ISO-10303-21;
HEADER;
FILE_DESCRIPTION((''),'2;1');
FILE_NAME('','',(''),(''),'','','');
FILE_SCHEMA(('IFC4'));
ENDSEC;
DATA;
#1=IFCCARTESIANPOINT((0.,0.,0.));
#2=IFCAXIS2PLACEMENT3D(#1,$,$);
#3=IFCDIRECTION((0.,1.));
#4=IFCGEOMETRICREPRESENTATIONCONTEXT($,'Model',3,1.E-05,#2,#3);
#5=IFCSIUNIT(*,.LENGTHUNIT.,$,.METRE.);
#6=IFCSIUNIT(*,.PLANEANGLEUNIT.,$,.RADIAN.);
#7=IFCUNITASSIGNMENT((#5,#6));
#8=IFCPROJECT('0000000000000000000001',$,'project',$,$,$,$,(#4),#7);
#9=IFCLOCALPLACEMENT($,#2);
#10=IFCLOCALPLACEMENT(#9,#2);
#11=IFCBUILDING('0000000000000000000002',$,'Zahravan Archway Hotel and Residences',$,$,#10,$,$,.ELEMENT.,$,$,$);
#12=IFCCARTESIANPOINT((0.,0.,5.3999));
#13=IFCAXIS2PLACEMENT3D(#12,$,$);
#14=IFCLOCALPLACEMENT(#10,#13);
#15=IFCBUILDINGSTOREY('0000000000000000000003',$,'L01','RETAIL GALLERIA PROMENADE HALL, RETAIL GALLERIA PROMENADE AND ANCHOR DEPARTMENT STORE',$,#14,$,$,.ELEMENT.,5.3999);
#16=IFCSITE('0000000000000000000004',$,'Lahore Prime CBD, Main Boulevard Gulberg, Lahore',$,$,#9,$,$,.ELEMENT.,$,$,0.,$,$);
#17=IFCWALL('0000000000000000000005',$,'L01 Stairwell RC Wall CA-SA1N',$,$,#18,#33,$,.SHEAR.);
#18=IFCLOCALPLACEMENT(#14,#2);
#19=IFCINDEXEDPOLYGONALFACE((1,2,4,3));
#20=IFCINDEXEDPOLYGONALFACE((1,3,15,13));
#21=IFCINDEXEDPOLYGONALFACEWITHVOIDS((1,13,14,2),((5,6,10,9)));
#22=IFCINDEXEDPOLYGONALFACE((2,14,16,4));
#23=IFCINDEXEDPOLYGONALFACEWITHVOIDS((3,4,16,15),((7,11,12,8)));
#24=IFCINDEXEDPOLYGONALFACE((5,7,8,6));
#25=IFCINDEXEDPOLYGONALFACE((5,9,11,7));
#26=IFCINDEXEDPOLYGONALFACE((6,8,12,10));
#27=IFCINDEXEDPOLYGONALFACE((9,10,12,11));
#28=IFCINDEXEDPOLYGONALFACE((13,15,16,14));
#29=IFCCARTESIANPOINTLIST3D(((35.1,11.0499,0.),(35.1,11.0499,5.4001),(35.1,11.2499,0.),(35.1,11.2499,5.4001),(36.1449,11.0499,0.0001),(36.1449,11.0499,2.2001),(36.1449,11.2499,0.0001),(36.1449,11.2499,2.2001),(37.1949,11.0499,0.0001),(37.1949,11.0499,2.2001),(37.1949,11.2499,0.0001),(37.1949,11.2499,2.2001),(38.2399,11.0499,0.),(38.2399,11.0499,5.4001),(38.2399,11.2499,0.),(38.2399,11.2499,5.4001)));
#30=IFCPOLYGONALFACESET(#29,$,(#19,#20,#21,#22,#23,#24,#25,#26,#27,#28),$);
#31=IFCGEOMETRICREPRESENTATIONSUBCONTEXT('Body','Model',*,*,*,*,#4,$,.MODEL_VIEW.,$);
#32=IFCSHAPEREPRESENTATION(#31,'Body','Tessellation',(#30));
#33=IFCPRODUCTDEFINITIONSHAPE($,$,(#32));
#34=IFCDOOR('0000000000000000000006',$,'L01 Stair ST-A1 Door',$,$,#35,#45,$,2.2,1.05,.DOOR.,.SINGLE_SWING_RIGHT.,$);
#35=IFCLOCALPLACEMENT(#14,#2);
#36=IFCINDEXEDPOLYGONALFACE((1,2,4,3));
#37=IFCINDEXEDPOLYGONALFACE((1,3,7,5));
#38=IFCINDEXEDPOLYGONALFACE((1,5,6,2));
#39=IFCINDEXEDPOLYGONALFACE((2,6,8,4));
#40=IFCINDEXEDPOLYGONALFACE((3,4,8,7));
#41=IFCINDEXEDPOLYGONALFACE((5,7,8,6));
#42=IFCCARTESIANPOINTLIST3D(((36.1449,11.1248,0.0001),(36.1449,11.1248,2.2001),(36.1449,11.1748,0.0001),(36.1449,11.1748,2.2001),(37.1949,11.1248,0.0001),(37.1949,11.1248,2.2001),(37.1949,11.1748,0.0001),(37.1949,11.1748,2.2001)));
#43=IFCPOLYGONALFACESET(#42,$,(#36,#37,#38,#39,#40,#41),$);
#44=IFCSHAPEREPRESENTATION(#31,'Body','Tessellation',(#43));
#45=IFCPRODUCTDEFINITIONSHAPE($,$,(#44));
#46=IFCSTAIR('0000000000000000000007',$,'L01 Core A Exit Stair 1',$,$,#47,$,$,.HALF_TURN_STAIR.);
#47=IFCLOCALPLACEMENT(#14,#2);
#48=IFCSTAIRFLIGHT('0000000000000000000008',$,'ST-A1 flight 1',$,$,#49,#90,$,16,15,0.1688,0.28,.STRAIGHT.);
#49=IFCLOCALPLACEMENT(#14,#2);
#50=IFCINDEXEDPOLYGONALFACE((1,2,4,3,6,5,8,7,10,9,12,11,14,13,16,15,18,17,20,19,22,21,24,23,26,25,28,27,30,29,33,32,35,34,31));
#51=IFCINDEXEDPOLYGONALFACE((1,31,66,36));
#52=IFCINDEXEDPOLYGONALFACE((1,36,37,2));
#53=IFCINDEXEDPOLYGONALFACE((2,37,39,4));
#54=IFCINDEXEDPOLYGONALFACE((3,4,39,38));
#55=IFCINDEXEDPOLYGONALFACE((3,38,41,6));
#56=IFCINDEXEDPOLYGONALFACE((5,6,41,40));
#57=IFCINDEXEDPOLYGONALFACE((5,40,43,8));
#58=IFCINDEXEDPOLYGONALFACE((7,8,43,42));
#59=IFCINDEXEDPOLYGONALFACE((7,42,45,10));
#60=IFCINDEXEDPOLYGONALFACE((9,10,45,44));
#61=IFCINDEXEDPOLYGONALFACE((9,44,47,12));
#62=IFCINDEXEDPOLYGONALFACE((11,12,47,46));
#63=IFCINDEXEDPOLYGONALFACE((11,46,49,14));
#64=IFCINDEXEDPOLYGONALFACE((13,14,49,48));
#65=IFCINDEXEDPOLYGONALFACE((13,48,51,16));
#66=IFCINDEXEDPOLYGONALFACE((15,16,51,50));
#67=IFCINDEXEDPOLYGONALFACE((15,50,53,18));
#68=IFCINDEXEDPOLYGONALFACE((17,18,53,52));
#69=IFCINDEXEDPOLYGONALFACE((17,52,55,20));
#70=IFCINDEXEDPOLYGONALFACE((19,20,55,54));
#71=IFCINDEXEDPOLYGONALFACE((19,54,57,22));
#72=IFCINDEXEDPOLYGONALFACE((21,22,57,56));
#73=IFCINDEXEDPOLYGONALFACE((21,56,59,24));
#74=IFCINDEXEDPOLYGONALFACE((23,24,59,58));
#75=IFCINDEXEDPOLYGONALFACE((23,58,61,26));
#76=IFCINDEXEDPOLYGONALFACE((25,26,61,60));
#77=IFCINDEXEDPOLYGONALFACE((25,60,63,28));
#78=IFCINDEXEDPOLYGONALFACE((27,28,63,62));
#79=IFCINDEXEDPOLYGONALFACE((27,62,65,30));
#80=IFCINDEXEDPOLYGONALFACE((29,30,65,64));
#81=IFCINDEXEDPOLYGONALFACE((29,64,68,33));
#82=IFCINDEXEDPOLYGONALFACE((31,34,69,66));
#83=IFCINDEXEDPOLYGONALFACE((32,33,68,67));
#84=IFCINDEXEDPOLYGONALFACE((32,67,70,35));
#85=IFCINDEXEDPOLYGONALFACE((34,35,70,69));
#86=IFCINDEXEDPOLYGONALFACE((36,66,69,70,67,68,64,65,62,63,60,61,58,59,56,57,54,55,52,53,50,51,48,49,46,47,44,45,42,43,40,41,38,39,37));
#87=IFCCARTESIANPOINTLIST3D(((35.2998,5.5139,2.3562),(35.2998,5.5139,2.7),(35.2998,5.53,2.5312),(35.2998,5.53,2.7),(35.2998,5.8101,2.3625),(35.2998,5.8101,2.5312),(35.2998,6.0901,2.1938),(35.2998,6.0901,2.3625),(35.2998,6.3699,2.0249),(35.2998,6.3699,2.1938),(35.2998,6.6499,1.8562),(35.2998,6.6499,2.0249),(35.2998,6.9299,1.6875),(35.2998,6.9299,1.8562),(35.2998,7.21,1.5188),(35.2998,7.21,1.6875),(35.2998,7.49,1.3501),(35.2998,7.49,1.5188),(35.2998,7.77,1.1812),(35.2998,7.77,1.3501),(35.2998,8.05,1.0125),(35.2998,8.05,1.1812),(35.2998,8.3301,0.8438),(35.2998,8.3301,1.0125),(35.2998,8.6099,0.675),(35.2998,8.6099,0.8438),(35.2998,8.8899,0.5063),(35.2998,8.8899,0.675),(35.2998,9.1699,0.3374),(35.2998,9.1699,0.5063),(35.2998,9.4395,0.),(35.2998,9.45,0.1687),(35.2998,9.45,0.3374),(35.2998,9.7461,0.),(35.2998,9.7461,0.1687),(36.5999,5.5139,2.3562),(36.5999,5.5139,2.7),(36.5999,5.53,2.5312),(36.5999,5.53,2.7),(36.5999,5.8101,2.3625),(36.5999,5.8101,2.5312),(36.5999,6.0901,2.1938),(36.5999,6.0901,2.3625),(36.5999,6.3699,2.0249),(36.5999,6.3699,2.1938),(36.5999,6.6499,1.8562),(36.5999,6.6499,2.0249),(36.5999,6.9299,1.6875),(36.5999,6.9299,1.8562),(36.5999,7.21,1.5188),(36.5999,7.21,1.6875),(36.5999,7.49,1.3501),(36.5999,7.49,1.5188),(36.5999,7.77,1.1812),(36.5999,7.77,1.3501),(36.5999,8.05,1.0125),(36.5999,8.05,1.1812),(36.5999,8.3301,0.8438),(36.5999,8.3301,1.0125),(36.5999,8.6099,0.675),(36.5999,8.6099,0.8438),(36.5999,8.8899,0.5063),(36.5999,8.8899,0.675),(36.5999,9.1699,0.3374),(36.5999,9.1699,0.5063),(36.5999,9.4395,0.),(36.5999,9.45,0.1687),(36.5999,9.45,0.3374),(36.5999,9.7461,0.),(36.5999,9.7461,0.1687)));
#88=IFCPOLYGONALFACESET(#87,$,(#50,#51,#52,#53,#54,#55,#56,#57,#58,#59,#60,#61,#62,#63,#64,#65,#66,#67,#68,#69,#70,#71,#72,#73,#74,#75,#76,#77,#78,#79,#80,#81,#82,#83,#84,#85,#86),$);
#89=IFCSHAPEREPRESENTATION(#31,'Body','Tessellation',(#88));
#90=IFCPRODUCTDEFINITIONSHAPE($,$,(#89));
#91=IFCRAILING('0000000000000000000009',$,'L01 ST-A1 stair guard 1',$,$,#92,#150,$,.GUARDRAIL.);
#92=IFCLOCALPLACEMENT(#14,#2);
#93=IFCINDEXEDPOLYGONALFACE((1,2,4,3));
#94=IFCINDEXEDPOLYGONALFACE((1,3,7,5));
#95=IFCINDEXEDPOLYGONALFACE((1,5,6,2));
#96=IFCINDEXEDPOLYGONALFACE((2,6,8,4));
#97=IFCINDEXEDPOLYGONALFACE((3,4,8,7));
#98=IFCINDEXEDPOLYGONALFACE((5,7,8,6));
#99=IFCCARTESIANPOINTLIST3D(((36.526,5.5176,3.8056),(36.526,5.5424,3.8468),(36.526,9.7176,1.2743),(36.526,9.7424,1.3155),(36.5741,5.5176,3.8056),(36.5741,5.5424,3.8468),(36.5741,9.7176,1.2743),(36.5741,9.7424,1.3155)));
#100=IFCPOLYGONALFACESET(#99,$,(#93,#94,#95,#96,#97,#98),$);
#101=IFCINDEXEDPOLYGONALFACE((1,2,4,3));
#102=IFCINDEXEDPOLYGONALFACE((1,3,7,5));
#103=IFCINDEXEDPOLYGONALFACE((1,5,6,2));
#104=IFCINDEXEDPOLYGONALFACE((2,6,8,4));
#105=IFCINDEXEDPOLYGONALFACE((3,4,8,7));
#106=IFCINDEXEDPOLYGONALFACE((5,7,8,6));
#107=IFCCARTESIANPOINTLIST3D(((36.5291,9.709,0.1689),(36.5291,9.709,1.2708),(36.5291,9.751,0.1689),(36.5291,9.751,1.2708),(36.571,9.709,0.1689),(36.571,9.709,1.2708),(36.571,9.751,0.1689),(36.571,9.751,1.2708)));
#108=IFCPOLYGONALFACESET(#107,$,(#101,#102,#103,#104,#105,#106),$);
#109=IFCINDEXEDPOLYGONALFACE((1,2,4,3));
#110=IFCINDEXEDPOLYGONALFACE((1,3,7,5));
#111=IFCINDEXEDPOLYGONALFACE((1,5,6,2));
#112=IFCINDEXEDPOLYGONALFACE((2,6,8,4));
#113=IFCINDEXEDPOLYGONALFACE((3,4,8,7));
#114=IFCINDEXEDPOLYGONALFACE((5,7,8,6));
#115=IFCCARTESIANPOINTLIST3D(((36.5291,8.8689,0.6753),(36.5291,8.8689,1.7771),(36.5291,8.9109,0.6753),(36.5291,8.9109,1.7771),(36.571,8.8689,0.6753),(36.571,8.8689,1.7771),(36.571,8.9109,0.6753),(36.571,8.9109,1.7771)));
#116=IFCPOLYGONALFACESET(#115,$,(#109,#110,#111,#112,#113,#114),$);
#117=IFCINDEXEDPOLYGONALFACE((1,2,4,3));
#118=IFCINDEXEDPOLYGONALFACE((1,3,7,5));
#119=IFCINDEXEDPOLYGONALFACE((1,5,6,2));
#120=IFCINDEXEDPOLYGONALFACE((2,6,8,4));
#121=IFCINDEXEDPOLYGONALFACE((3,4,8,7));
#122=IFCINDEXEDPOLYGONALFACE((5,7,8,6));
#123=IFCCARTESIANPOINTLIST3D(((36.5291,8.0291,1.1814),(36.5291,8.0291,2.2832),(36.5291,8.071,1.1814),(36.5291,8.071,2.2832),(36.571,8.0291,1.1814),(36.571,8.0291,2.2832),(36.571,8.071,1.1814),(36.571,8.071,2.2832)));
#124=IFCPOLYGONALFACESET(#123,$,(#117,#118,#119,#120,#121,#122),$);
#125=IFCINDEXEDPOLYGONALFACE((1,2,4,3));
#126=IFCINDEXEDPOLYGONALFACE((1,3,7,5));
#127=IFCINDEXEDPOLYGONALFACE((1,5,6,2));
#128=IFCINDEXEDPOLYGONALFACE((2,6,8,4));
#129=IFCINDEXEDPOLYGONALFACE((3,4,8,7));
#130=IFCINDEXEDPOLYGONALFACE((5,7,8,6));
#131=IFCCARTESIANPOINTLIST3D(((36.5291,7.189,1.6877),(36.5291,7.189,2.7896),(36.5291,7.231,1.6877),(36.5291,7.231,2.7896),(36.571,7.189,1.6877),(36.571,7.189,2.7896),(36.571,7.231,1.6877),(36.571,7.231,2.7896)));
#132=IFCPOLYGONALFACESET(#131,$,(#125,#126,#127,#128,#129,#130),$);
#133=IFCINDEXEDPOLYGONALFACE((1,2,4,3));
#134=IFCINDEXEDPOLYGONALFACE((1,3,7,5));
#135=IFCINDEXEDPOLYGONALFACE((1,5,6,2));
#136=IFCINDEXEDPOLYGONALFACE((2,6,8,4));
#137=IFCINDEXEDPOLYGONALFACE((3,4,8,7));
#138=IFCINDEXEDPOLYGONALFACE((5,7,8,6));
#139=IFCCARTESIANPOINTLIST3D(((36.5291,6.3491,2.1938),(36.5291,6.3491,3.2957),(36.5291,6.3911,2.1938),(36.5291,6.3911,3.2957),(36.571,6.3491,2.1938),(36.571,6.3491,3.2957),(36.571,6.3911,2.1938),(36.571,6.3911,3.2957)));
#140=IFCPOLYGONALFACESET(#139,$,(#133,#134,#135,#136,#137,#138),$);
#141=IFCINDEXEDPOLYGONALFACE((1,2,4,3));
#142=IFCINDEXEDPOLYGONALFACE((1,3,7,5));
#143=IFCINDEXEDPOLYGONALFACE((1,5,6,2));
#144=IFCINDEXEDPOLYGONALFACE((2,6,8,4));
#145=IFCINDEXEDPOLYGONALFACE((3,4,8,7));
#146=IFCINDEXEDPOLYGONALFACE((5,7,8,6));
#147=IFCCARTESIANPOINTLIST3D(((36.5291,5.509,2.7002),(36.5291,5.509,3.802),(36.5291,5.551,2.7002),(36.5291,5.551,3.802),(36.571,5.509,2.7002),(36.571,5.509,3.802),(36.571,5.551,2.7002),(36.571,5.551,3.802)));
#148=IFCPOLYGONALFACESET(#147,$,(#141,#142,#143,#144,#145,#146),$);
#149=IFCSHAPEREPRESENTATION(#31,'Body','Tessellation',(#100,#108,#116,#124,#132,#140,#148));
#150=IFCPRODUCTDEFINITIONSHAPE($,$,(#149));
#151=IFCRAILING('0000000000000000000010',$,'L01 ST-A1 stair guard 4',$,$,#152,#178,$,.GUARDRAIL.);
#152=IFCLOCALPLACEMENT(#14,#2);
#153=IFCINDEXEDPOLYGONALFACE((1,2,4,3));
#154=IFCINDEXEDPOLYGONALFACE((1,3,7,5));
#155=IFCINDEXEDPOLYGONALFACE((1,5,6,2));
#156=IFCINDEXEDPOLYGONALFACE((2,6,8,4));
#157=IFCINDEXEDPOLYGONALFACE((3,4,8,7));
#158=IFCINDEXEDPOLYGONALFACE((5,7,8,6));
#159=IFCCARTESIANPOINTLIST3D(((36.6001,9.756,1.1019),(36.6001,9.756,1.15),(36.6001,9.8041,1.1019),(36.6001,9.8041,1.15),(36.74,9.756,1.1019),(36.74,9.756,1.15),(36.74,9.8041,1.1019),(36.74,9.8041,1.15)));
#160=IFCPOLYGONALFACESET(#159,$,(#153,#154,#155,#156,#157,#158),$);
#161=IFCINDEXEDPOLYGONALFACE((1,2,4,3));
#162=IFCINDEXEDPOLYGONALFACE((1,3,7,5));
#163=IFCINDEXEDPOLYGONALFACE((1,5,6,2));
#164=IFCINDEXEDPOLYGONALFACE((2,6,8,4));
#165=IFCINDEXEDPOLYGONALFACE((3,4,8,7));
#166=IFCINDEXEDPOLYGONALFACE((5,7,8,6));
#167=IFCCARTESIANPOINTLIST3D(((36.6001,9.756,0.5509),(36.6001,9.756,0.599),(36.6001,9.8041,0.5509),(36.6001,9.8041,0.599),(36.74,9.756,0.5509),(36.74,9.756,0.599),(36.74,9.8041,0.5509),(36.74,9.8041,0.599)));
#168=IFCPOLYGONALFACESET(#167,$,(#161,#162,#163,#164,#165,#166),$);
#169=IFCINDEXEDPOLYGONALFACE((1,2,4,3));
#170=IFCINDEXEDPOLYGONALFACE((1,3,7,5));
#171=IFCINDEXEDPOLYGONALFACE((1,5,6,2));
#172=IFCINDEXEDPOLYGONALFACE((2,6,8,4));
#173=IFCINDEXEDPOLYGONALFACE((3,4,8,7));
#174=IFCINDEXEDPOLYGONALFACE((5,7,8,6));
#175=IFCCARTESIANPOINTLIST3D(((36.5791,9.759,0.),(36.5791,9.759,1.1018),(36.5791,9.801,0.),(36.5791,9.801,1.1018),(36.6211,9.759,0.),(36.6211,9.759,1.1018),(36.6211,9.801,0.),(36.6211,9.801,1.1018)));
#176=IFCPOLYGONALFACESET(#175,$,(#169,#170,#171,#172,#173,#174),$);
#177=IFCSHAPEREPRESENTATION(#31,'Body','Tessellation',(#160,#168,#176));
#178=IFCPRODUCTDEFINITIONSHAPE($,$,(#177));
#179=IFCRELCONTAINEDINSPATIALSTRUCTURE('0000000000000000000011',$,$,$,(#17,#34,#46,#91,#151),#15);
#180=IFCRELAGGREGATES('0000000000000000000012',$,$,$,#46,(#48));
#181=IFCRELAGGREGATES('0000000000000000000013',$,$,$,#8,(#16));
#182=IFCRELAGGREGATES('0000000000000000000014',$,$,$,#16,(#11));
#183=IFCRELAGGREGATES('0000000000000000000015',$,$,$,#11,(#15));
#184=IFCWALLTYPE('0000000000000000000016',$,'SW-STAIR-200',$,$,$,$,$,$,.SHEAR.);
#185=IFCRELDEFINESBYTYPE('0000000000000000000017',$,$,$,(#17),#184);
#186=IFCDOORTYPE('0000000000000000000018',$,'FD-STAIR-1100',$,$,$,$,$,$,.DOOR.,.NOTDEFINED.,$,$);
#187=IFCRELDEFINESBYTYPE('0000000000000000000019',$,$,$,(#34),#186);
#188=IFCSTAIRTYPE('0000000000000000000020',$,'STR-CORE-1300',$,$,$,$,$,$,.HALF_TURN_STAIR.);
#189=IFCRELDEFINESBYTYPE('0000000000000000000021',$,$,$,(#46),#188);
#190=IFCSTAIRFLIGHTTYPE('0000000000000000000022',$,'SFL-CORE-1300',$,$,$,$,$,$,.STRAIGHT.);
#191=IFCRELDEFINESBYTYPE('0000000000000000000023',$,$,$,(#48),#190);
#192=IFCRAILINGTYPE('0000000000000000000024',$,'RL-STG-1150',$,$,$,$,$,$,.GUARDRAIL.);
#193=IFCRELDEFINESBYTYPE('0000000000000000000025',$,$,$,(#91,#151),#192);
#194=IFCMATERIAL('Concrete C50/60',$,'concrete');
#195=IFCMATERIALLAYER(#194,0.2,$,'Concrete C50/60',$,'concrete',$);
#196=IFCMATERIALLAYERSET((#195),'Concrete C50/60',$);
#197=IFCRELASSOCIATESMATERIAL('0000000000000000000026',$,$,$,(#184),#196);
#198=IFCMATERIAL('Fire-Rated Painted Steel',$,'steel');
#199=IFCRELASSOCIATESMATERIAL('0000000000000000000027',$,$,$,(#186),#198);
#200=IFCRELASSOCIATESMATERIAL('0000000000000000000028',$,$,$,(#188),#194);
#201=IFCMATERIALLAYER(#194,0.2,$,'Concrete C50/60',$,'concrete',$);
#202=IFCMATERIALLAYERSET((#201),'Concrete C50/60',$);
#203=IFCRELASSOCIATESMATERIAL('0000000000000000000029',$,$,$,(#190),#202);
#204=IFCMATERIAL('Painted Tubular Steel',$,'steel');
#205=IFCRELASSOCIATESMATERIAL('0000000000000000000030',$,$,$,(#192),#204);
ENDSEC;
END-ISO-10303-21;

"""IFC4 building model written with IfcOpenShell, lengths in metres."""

from ifc_helpers import new_model, si_unit, direction, frame, frame_2d, origin, origin_2d, place, context, subcontext, project, spatial, polyline, rectangle, outline, extrude, source, transform, mapped, material, layer, layer_set, type_object, type_shapes, element, fill, aggregate, save


model = new_model("IFC4")

# Units and contexts
model_context = context("Model", 3, precision=1e-05, world=origin(), true_north=direction((0.0, 1.0)))
body_context = subcontext(model_context, "Body", "Model", "MODEL_VIEW")
ifc_project = project(units=[si_unit("LENGTHUNIT", "METRE"), si_unit("PLANEANGLEUNIT", "RADIAN")], contexts=[model_context])

# Site, building, storey
site_placement = place(None, origin())
site = spatial("IfcSite", under=ifc_project, at=site_placement, Name="Lahore Prime CBD, Main Boulevard Gulberg, Lahore", CompositionType="ELEMENT", RefElevation=0.0)
building_placement = place(site_placement, origin())
building = spatial("IfcBuilding", under=site, at=building_placement, Name="Zahravan Archway Hotel and Residences", CompositionType="ELEMENT")
storey_placement = place(building_placement, frame((0.0, 0.0, 5.3999)))
storey = spatial("IfcBuildingStorey", under=building, at=storey_placement, Name="L01", Description="RETAIL GALLERIA PROMENADE HALL, RETAIL GALLERIA PROMENADE AND ANCHOR DEPARTMENT STORE", CompositionType="ELEMENT", Elevation=5.3999)

# Shared definitions
ifc_material_1 = material(Name="Fire-Rated Painted Steel", Category="steel")

# Wall, opening, door
ifc_material_2 = material(Name="Concrete C50/60", Category="concrete")
ifc_layer_1 = layer(ifc_material_2, 0.2, Name="Concrete C50/60", Category="concrete")
ifc_layer_set_1 = layer_set([ifc_layer_1], Name="Concrete C50/60")
wall_type_1 = type_object("IfcWallType", Name="SW-STAIR-200", PredefinedType="SHEAR", material=ifc_layer_set_1)
wall_1_placement = place(storey_placement, frame((35.1001, 11.1499, 0.0), z_axis=(0.0, 0.0, 1.0), x_axis=(1.0, 0.0, 0.0)))
wall_1 = element("IfcWall", 1, at=wall_1_placement, inside=storey, type_object=wall_type_1, Name="L01 Stairwell RC Wall CA-SA1N", PredefinedType="SHEAR", context=body_context, shape_type="SweptSolid", body=[
    extrude(rectangle(XDim=3.1399, YDim=0.2, at=frame_2d((1.5698, 0.0))), origin(), (0.0, 0.0, 1.0), 5.4001),
])
opening_1_placement = place(wall_1_placement, frame((1.0449, 0.0, 0.0)))
opening_1 = element("IfcOpeningElement", 2, at=opening_1_placement, cuts=wall_1, PredefinedType="OPENING", context=body_context, shape_type="SweptSolid", body=[
    extrude(rectangle(XDim=1.05, YDim=2.2, at=frame_2d((0.5249, 1.1001))), frame((0.0, 0.1099, 0.0), z_axis=(0.0, -1.0, 0.0), x_axis=(1.0, 0.0, 0.0)), (0.0, 0.0, 1.0), 0.22),
])
door_type_1 = type_object("IfcDoorType", Name="FD-STAIR-1100", OperationType="NOTDEFINED", PredefinedType="DOOR", material=ifc_material_1)
shared_shape_1 = source(origin(), body_context, "Body", "SweptSolid", [
    extrude(rectangle(XDim=1.05, YDim=2.2, at=frame_2d((0.5249, 1.1001))), frame((0.0, 0.0249, 0.0), z_axis=(0.0, -1.0, 0.0), x_axis=(1.0, 0.0, 0.0)), (0.0, 0.0, 1.0), 0.05),
])
type_shapes(door_type_1, [shared_shape_1])
door_1_placement = place(opening_1_placement, origin())
door_1 = element("IfcDoor", 3, at=door_1_placement, inside=storey, type_object=door_type_1, Name="L01 Stair ST-A1 Door", OperationType="SINGLE_SWING_RIGHT", OverallHeight=2.2, OverallWidth=1.05, PredefinedType="DOOR", context=body_context, shape_type="MappedRepresentation", body=[
    mapped(shared_shape_1, transform((0.0, 0.0, 0.0), scale=1.0)),
])
fill(opening_1, door_1)

# Stair, stair flight
stair_type = type_object("IfcStairType", Name="STR-CORE-1300", PredefinedType="HALF_TURN_STAIR", material=ifc_material_2)
stair_placement = place(storey_placement, origin())
stair = element("IfcStair", 4, at=stair_placement, inside=storey, type_object=stair_type, Name="L01 Core A Exit Stair 1", PredefinedType="HALF_TURN_STAIR")
ifc_layer_2 = layer(ifc_material_2, 0.2, Name="Concrete C50/60", Category="concrete")
ifc_layer_set_2 = layer_set([ifc_layer_2], Name="Concrete C50/60")
stair_flight_type = type_object("IfcStairFlightType", Name="SFL-CORE-1300", PredefinedType="STRAIGHT", material=ifc_layer_set_2)
shared_shape_2 = source(origin(), body_context, "Body", "SweptSolid", [
    extrude(outline(polyline([(-0.0161, 0.0), (-0.0161, 0.1687), (0.28, 0.1687), (0.28, 0.3374), (0.5601, 0.3374), (0.5601, 0.5063), (0.8401, 0.5063), (0.8401, 0.675), (1.1201, 0.675), (1.1201, 0.8438), (1.3999, 0.8438), (1.3999, 1.0125), (1.6799, 1.0125), (1.6799, 1.1812), (1.96, 1.1812), (1.96, 1.3501), (2.24, 1.3501), (2.24, 1.5188), (2.52, 1.5188), (2.52, 1.6875), (2.8, 1.6875), (2.8, 1.8562), (3.0801, 1.8562), (3.0801, 2.0249), (3.3601, 2.0249), (3.3601, 2.1938), (3.6399, 2.1938), (3.6399, 2.3625), (3.9199, 2.3625), (3.9199, 2.5312), (4.2, 2.5312), (4.2, 2.7), (4.2161, 2.7), (4.2161, 2.3562), (0.2905, 0.0), (-0.0161, 0.0)])), frame((0.0, 0.6499, 0.0), z_axis=(0.0, -1.0, 0.0), x_axis=(1.0, 0.0, 0.0)), (0.0, 0.0, 1.0), 1.3),
])
stair_flight_placement = place(storey_placement, frame((35.95, 9.73, 0.0), z_axis=(0.0, 0.0, 1.0), x_axis=(0.0, -1.0, 0.0)))
stair_flight = element("IfcStairFlight", 5, at=stair_flight_placement, type_object=stair_flight_type, Name="ST-A1 flight 1", NumberOfRisers=16, NumberOfTreads=15, PredefinedType="STRAIGHT", RiserHeight=0.1688, TreadLength=0.28, context=body_context, shape_type="MappedRepresentation", body=[
    mapped(shared_shape_2, transform((0.0, 0.0, 0.0), scale=1.0)),
])
aggregate(stair, [stair_flight])

# Railings
ifc_material_3 = material(Name="Painted Tubular Steel", Category="steel")
railing_type_1 = type_object("IfcRailingType", Name="RL-STG-1150", PredefinedType="GUARDRAIL", material=ifc_material_3)
railing_1_placement = place(storey_placement, frame((36.55, 9.73, 0.1689)))
element("IfcRailing", 6, at=railing_1_placement, inside=storey, type_object=railing_type_1, Name="L01 ST-A1 stair guard 1", PredefinedType="GUARDRAIL", context=body_context, shape_type="SweptSolid", body=[
    extrude(rectangle(XDim=0.0481, YDim=0.0481, at=origin_2d()), frame((0.0, 0.0, 1.126), z_axis=(0.0, -0.856476, 0.516186), x_axis=(1.0, 0.0, 0.0)), (0.0, 0.0, 1.0), 4.9038),
    extrude(rectangle(XDim=0.042, YDim=0.042, at=origin_2d()), origin(), (0.0, 0.0, 1.0), 1.1018),
    extrude(rectangle(XDim=0.042, YDim=0.042, at=origin_2d()), frame((0.0, -0.8401, 0.5063)), (0.0, 0.0, 1.0), 1.1018),
    extrude(rectangle(XDim=0.042, YDim=0.042, at=origin_2d()), frame((0.0, -1.6799, 1.0125)), (0.0, 0.0, 1.0), 1.1018),
    extrude(rectangle(XDim=0.042, YDim=0.042, at=origin_2d()), frame((0.0, -2.52, 1.5188)), (0.0, 0.0, 1.0), 1.1018),
    extrude(rectangle(XDim=0.042, YDim=0.042, at=origin_2d()), frame((0.0, -3.3599, 2.0249)), (0.0, 0.0, 1.0), 1.1018),
    extrude(rectangle(XDim=0.042, YDim=0.042, at=origin_2d()), frame((0.0, -4.2, 2.5312)), (0.0, 0.0, 1.0), 1.1018),
])
railing_2_placement = place(storey_placement, frame((36.6001, 9.78, 0.0)))
element("IfcRailing", 7, at=railing_2_placement, inside=storey, type_object=railing_type_1, Name="L01 ST-A1 stair guard 4", PredefinedType="GUARDRAIL", context=body_context, shape_type="SweptSolid", body=[
    extrude(rectangle(XDim=0.0481, YDim=0.0481, at=origin_2d()), frame((0.0, 0.0, 1.126), z_axis=(1.0, 0.0, 0.0), x_axis=(0.0, 1.0, 0.0)), (0.0, 0.0, 1.0), 0.1399),
    extrude(rectangle(XDim=0.0481, YDim=0.0481, at=origin_2d()), frame((0.0, 0.0, 0.575), z_axis=(1.0, 0.0, 0.0), x_axis=(0.0, 1.0, 0.0)), (0.0, 0.0, 1.0), 0.1399),
    extrude(rectangle(XDim=0.042, YDim=0.042, at=origin_2d()), origin(), (0.0, 0.0, 1.0), 1.1018),
])

save(model, "model.ifc")
